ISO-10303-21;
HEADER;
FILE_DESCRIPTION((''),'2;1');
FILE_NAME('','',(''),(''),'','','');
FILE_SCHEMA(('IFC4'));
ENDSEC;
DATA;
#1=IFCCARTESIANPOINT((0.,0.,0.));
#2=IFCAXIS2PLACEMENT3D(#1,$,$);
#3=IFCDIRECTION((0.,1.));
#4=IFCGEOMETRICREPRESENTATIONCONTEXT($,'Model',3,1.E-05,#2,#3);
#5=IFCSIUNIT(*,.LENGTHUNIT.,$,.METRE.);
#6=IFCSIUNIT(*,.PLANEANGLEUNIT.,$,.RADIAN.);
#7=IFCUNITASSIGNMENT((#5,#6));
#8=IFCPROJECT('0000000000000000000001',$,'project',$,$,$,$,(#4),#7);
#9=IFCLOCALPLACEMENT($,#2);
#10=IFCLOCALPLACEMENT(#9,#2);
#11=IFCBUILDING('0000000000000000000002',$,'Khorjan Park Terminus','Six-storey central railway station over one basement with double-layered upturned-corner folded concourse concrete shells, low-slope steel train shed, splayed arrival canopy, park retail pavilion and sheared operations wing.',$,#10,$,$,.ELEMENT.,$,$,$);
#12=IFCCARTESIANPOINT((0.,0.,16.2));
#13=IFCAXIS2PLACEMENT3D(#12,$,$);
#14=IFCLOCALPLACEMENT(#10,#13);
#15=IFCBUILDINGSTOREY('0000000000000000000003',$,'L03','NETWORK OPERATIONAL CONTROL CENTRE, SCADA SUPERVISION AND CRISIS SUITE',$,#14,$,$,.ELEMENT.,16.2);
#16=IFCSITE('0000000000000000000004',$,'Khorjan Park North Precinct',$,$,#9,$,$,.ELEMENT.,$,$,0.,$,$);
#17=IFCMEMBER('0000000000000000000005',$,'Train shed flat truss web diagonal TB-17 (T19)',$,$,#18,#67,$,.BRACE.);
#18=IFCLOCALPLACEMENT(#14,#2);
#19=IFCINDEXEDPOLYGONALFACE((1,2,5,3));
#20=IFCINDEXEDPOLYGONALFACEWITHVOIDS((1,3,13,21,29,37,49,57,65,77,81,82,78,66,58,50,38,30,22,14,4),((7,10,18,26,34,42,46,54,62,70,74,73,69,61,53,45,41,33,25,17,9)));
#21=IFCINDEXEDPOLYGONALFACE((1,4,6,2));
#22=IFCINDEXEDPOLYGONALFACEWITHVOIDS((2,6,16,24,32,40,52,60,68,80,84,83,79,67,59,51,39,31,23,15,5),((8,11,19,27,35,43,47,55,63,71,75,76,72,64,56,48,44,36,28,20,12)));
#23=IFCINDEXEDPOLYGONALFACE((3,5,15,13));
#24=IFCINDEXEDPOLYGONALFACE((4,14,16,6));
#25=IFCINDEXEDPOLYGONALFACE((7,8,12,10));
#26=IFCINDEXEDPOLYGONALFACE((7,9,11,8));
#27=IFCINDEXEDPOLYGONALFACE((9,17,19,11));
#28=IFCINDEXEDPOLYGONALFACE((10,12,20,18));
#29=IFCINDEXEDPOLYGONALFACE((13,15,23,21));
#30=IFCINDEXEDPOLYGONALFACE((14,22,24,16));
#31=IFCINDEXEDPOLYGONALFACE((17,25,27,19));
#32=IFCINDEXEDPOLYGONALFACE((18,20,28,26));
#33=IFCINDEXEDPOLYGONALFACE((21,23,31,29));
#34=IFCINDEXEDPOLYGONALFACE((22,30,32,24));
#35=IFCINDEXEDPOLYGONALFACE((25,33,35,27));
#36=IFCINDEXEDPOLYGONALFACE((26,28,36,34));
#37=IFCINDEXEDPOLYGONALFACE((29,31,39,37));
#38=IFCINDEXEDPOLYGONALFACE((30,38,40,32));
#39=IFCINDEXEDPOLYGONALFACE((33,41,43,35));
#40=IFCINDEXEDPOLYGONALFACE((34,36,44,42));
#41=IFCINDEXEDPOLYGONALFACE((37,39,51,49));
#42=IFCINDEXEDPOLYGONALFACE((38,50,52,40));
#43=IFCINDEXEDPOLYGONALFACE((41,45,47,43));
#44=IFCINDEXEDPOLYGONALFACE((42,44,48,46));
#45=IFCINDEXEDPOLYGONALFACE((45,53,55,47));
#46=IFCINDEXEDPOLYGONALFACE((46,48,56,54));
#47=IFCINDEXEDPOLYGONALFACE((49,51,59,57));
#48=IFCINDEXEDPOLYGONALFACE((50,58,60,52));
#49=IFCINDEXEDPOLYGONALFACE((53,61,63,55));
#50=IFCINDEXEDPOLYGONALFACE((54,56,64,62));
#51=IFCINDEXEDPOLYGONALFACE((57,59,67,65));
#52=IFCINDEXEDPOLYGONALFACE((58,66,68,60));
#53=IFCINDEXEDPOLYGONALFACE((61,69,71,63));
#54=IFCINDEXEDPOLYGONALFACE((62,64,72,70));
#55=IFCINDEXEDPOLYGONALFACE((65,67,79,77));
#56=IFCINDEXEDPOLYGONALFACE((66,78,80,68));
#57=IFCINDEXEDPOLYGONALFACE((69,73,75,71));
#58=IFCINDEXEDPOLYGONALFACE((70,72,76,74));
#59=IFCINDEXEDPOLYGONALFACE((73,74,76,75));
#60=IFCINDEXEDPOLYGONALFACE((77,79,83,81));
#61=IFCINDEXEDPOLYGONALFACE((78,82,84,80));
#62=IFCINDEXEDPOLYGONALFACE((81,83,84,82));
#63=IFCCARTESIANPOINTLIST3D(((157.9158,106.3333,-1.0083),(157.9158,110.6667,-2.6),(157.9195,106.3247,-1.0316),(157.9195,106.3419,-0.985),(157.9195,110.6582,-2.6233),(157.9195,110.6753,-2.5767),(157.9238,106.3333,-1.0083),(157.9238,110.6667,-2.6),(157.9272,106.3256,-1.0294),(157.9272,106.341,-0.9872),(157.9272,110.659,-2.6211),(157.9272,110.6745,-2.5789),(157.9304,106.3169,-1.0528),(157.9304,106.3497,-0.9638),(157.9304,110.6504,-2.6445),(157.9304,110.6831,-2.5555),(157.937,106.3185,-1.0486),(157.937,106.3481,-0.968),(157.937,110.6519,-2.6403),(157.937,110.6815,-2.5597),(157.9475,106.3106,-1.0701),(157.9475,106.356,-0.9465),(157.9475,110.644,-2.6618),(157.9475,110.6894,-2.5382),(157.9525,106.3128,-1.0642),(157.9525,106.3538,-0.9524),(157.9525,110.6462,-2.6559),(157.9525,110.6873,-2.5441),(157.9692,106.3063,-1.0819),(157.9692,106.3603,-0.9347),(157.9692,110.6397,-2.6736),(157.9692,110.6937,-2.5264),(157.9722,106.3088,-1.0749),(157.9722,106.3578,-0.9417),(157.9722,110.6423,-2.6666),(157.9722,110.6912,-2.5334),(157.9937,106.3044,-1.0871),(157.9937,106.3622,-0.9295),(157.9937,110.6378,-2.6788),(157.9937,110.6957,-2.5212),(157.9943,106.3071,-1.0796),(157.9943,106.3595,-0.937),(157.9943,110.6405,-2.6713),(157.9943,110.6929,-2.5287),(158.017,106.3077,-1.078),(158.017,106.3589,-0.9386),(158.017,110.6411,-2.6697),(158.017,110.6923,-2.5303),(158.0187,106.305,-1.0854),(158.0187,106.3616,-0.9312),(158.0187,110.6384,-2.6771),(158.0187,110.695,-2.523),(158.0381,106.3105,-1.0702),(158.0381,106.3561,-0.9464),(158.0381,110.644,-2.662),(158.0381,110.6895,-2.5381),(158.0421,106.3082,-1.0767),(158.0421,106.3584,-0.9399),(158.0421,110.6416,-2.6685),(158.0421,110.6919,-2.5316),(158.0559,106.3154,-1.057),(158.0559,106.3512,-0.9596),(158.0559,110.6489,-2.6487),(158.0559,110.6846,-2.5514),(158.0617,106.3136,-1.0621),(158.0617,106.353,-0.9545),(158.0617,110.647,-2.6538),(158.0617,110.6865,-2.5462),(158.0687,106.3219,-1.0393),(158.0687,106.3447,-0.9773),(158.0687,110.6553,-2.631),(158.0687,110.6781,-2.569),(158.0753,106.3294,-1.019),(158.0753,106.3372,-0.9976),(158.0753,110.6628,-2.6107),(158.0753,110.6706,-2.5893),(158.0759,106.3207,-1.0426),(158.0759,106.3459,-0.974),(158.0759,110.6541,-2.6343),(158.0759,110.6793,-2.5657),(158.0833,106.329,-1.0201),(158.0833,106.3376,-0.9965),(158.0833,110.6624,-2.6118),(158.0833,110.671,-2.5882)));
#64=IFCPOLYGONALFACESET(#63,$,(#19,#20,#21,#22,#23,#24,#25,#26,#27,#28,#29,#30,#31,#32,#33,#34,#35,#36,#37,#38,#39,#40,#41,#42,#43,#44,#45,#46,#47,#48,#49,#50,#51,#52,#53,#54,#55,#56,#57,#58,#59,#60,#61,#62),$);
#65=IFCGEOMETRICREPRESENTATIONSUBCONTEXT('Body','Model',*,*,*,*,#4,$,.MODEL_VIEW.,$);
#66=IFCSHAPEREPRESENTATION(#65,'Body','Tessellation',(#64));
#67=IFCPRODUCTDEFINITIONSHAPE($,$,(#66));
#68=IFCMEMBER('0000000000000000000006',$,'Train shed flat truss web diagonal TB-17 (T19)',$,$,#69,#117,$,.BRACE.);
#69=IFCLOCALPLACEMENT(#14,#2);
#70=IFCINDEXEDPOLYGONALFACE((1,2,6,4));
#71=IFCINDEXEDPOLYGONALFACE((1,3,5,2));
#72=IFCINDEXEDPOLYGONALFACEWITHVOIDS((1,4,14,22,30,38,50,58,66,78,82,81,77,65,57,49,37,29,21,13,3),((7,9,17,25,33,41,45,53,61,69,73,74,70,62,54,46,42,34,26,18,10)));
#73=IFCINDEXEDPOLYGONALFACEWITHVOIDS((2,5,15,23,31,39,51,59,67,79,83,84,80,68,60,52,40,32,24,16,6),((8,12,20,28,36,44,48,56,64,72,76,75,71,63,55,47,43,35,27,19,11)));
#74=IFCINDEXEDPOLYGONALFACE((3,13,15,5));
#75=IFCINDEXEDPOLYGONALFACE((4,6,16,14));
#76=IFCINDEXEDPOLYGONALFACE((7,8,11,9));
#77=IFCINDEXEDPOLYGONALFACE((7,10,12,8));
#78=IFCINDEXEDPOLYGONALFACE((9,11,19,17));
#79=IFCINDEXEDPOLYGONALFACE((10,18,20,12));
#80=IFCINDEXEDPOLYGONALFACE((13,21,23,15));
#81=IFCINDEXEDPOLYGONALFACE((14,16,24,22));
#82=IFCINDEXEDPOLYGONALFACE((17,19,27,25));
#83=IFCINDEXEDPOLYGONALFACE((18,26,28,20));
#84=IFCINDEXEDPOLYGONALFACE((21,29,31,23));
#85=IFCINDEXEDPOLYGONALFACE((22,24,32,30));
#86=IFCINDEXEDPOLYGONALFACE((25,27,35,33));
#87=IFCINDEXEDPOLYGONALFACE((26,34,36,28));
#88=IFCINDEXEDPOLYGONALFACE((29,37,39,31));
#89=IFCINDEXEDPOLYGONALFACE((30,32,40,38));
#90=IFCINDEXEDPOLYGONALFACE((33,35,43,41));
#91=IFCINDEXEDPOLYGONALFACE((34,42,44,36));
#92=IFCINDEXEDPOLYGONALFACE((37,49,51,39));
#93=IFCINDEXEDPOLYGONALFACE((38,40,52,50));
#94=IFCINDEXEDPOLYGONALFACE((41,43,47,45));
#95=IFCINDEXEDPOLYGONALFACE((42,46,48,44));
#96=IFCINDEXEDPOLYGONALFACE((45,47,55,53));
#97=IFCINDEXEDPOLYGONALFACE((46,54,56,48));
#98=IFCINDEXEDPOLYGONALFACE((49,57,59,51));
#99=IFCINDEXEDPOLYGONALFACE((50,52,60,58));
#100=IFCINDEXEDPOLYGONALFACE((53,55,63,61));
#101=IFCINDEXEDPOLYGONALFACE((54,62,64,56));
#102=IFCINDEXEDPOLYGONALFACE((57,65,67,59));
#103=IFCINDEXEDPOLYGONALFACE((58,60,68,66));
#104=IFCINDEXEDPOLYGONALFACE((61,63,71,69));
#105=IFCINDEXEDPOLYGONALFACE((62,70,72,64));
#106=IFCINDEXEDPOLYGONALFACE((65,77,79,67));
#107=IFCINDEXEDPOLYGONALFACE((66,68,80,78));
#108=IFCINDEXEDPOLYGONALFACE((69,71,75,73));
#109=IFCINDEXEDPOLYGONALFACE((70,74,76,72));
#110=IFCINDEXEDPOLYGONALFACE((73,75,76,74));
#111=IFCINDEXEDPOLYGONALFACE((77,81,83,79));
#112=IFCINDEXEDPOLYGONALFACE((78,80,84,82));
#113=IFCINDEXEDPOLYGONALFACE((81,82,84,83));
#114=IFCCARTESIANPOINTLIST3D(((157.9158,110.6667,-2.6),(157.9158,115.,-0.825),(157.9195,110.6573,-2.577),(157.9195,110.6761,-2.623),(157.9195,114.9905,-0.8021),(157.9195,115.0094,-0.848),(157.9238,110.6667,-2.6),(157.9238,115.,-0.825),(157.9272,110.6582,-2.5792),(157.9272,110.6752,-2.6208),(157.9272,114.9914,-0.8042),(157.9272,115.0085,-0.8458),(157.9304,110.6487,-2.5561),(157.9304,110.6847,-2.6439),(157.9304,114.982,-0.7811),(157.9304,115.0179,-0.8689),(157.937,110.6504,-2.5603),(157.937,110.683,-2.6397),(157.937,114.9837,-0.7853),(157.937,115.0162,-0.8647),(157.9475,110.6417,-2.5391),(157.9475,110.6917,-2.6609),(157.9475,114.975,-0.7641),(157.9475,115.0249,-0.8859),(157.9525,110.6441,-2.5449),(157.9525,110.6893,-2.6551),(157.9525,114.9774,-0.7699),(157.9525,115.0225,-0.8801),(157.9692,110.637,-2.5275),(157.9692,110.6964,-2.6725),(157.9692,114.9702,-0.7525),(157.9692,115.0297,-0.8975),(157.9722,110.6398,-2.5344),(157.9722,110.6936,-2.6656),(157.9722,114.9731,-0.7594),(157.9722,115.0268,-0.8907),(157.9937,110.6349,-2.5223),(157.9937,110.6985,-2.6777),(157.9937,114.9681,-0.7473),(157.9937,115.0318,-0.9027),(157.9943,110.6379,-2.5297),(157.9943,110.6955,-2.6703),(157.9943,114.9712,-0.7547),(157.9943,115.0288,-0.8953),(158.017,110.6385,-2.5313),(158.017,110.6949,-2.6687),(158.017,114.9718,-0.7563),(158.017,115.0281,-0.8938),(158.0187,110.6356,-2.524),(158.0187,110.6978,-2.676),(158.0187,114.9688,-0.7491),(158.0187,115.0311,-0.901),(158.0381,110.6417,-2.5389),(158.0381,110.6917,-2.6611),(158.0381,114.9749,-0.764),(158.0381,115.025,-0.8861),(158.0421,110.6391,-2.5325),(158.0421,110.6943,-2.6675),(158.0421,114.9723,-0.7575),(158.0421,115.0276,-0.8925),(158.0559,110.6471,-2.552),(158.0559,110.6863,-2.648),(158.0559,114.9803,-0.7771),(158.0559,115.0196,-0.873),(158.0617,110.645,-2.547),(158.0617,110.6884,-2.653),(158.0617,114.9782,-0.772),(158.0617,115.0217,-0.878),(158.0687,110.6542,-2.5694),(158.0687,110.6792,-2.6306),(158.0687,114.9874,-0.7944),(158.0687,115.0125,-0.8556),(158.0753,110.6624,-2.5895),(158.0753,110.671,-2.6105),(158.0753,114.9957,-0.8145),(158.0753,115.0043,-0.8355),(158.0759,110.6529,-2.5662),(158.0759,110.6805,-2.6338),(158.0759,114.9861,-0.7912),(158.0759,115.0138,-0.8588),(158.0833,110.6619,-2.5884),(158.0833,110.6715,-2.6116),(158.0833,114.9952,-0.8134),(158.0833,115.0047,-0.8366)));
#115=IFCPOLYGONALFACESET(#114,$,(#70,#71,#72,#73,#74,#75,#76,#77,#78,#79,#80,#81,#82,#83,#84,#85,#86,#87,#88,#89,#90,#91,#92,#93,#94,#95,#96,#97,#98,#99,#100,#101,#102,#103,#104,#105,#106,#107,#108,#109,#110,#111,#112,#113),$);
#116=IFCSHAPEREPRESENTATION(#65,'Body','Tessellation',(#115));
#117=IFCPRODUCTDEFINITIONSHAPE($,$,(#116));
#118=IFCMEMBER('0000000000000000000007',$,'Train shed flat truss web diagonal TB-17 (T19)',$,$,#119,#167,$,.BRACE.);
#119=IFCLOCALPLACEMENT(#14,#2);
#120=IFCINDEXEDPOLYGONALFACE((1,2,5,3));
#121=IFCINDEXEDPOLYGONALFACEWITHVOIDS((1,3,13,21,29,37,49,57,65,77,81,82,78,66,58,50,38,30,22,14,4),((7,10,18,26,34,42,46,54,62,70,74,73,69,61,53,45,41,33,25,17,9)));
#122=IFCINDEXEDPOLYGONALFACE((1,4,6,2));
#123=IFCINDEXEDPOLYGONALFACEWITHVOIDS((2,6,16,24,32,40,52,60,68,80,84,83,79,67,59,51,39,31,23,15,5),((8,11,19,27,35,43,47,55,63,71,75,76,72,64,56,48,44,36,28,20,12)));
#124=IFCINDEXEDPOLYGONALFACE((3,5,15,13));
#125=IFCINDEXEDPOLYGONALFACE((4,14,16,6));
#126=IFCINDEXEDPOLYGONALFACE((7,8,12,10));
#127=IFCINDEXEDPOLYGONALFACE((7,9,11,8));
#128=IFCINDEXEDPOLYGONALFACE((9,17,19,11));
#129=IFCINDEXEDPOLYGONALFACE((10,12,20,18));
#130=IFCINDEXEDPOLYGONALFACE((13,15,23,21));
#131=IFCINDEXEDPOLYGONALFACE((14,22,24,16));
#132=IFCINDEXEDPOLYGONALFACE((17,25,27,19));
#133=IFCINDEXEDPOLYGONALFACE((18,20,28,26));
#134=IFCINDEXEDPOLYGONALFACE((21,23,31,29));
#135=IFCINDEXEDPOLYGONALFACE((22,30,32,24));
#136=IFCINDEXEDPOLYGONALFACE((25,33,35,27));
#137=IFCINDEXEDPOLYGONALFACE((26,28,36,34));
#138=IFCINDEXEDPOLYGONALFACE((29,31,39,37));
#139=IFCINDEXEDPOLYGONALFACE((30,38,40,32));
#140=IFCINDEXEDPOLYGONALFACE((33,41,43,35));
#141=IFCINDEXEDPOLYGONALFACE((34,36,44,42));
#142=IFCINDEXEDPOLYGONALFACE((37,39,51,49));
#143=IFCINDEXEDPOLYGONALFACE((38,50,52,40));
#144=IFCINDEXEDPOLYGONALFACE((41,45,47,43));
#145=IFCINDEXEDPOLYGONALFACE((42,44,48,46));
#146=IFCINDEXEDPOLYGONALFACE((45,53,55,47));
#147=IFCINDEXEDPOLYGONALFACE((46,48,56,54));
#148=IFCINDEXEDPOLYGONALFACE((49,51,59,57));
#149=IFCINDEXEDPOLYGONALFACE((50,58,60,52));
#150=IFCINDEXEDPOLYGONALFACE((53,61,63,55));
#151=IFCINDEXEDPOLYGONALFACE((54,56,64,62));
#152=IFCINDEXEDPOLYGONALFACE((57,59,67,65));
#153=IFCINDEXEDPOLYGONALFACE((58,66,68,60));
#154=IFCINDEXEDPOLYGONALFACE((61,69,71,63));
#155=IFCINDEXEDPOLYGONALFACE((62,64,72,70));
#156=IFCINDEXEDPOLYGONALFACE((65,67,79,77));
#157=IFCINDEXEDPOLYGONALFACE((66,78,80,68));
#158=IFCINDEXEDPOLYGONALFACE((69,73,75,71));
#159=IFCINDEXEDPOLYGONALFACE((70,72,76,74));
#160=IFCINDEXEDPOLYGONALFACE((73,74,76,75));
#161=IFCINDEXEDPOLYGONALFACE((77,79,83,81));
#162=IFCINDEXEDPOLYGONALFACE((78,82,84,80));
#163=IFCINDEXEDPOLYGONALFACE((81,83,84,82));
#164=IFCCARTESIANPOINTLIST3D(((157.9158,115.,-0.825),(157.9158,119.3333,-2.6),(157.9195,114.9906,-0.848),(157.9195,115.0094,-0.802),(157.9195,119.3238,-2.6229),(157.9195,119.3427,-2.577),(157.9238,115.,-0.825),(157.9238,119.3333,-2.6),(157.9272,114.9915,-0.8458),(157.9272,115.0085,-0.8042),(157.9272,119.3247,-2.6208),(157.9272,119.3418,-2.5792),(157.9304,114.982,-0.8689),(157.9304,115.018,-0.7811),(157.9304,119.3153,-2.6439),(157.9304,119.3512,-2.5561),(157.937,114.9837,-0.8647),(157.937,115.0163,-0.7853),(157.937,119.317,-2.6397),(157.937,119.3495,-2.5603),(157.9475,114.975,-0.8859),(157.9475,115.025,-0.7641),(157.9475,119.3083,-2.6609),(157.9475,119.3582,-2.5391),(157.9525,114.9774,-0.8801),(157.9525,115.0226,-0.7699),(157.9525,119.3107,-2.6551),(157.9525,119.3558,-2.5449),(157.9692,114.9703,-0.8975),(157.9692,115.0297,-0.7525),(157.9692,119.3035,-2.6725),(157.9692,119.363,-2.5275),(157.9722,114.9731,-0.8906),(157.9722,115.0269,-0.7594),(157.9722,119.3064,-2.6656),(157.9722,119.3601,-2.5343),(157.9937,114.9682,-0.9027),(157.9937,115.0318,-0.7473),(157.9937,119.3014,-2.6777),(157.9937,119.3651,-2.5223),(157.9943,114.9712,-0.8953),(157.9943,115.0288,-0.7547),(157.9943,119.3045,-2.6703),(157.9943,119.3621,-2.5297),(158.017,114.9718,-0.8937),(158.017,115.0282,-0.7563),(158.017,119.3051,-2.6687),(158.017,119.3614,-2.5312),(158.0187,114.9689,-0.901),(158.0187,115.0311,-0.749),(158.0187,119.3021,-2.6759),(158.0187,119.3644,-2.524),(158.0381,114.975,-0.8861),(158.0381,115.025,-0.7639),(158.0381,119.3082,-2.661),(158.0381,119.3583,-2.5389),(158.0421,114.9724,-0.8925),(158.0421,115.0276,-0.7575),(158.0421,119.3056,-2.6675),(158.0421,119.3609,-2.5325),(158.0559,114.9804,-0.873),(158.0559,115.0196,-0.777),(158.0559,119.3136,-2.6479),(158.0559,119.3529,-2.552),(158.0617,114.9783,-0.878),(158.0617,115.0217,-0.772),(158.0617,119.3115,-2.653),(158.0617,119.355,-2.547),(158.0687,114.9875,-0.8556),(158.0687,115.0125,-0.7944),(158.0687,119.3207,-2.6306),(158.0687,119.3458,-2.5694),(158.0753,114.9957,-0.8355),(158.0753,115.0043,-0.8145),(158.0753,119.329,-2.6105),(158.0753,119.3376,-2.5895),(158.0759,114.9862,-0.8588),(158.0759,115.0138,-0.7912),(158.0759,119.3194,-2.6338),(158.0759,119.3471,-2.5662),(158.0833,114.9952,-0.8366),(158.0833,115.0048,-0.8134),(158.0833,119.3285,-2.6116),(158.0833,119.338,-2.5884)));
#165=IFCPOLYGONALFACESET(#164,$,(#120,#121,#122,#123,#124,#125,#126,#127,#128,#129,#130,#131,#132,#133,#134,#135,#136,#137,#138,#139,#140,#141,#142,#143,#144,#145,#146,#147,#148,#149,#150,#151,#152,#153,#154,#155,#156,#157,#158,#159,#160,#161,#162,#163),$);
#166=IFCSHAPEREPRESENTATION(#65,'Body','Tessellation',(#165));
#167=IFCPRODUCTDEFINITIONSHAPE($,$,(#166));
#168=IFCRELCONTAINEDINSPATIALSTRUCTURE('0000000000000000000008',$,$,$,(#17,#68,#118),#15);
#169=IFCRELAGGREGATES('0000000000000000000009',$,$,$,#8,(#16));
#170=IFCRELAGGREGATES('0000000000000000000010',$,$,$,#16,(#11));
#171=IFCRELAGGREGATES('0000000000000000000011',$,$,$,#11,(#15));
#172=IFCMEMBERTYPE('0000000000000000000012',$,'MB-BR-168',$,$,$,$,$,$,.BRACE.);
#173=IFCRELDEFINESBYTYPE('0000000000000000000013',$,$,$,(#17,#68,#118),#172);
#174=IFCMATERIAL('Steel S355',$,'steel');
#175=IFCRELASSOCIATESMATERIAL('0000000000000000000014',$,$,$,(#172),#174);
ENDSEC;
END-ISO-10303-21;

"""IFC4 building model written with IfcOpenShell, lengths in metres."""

from ifc_helpers import new_model, si_unit, direction, frame, origin, origin_2d, place, context, subcontext, project, spatial, hollow_circle, extrude, material, material_profile, profile_set, type_object, element, save


model = new_model("IFC4")

# Units and contexts
model_context = context("Model", 3, precision=1e-05, world=origin(), true_north=direction((0.0, 1.0)))
body_context = subcontext(model_context, "Body", "Model", "MODEL_VIEW")
ifc_project = project(units=[si_unit("LENGTHUNIT", "METRE"), si_unit("PLANEANGLEUNIT", "RADIAN")], contexts=[model_context])

# Site, building, storey
site_placement = place(None, origin())
site = spatial("IfcSite", under=ifc_project, at=site_placement, Name="Khorjan Park North Precinct", CompositionType="ELEMENT", RefElevation=0.0)
building_placement = place(site_placement, origin())
building = spatial("IfcBuilding", under=site, at=building_placement, Name="Khorjan Park Terminus", Description="Six-storey central railway station over one basement with double-layered upturned-corner folded concourse concrete shells, low-slope steel train shed, splayed arrival canopy, park retail pavilion and sheared operations wing.", CompositionType="ELEMENT")
storey_placement = place(building_placement, frame((0.0, 0.0, 16.2)))
storey = spatial("IfcBuildingStorey", under=building, at=storey_placement, Name="L03", Description="NETWORK OPERATIONAL CONTROL CENTRE, SCADA SUPERVISION AND CRISIS SUITE", CompositionType="ELEMENT", Elevation=16.2)

# Members
ifc_material = material(Name="Steel S355", Category="steel")
ifc_material_profile_1 = material_profile(ifc_material, hollow_circle(Radius=0.0842, WallThickness=0.008, at=origin_2d()), Name="CHS 168.3x8")
ifc_profile_set_1 = profile_set([ifc_material_profile_1], Name="Steel S355")
member_type_1 = type_object("IfcMemberType", Name="MB-BR-168", PredefinedType="BRACE", material=ifc_profile_set_1)
member_1_placement = place(storey_placement, frame((158.0, 106.3333, -1.0083), z_axis=(0.0, 0.938681, -0.344787), x_axis=(-1.0, 0.0, 0.0)))
element("IfcMember", 1, at=member_1_placement, inside=storey, type_object=member_type_1, Name="Train shed flat truss web diagonal TB-17 (T19)", PredefinedType="BRACE", context=body_context, shape_type="SweptSolid", body=[
    extrude(hollow_circle(Radius=0.0842, WallThickness=0.008, at=origin_2d()), origin(), (0.0, 0.0, 1.0), 4.6165),
])
for number, where, z_axis, x_axis, name in (
    (2, (158.0, 110.6667, -2.6), (0.0, 0.925376, 0.379051), (-1.0, 0.0, 0.0), "Train shed flat truss web diagonal TB-17 (T19)"),
    (3, (158.0, 115.0, -0.825), (0.0, 0.925376, -0.379051), (-1.0, 0.0, 0.0), "Train shed flat truss web diagonal TB-17 (T19)"),
):
    element("IfcMember", number, at=place(storey_placement, frame(where, z_axis=z_axis, x_axis=x_axis)), inside=storey, type_object=member_type_1, Name=name, PredefinedType="BRACE", context=body_context, shape_type="SweptSolid", body=[
        extrude(hollow_circle(Radius=0.0842, WallThickness=0.008, at=origin_2d()), origin(), (0.0, 0.0, 1.0), 4.6827),
    ])

save(model, "model.ifc")
